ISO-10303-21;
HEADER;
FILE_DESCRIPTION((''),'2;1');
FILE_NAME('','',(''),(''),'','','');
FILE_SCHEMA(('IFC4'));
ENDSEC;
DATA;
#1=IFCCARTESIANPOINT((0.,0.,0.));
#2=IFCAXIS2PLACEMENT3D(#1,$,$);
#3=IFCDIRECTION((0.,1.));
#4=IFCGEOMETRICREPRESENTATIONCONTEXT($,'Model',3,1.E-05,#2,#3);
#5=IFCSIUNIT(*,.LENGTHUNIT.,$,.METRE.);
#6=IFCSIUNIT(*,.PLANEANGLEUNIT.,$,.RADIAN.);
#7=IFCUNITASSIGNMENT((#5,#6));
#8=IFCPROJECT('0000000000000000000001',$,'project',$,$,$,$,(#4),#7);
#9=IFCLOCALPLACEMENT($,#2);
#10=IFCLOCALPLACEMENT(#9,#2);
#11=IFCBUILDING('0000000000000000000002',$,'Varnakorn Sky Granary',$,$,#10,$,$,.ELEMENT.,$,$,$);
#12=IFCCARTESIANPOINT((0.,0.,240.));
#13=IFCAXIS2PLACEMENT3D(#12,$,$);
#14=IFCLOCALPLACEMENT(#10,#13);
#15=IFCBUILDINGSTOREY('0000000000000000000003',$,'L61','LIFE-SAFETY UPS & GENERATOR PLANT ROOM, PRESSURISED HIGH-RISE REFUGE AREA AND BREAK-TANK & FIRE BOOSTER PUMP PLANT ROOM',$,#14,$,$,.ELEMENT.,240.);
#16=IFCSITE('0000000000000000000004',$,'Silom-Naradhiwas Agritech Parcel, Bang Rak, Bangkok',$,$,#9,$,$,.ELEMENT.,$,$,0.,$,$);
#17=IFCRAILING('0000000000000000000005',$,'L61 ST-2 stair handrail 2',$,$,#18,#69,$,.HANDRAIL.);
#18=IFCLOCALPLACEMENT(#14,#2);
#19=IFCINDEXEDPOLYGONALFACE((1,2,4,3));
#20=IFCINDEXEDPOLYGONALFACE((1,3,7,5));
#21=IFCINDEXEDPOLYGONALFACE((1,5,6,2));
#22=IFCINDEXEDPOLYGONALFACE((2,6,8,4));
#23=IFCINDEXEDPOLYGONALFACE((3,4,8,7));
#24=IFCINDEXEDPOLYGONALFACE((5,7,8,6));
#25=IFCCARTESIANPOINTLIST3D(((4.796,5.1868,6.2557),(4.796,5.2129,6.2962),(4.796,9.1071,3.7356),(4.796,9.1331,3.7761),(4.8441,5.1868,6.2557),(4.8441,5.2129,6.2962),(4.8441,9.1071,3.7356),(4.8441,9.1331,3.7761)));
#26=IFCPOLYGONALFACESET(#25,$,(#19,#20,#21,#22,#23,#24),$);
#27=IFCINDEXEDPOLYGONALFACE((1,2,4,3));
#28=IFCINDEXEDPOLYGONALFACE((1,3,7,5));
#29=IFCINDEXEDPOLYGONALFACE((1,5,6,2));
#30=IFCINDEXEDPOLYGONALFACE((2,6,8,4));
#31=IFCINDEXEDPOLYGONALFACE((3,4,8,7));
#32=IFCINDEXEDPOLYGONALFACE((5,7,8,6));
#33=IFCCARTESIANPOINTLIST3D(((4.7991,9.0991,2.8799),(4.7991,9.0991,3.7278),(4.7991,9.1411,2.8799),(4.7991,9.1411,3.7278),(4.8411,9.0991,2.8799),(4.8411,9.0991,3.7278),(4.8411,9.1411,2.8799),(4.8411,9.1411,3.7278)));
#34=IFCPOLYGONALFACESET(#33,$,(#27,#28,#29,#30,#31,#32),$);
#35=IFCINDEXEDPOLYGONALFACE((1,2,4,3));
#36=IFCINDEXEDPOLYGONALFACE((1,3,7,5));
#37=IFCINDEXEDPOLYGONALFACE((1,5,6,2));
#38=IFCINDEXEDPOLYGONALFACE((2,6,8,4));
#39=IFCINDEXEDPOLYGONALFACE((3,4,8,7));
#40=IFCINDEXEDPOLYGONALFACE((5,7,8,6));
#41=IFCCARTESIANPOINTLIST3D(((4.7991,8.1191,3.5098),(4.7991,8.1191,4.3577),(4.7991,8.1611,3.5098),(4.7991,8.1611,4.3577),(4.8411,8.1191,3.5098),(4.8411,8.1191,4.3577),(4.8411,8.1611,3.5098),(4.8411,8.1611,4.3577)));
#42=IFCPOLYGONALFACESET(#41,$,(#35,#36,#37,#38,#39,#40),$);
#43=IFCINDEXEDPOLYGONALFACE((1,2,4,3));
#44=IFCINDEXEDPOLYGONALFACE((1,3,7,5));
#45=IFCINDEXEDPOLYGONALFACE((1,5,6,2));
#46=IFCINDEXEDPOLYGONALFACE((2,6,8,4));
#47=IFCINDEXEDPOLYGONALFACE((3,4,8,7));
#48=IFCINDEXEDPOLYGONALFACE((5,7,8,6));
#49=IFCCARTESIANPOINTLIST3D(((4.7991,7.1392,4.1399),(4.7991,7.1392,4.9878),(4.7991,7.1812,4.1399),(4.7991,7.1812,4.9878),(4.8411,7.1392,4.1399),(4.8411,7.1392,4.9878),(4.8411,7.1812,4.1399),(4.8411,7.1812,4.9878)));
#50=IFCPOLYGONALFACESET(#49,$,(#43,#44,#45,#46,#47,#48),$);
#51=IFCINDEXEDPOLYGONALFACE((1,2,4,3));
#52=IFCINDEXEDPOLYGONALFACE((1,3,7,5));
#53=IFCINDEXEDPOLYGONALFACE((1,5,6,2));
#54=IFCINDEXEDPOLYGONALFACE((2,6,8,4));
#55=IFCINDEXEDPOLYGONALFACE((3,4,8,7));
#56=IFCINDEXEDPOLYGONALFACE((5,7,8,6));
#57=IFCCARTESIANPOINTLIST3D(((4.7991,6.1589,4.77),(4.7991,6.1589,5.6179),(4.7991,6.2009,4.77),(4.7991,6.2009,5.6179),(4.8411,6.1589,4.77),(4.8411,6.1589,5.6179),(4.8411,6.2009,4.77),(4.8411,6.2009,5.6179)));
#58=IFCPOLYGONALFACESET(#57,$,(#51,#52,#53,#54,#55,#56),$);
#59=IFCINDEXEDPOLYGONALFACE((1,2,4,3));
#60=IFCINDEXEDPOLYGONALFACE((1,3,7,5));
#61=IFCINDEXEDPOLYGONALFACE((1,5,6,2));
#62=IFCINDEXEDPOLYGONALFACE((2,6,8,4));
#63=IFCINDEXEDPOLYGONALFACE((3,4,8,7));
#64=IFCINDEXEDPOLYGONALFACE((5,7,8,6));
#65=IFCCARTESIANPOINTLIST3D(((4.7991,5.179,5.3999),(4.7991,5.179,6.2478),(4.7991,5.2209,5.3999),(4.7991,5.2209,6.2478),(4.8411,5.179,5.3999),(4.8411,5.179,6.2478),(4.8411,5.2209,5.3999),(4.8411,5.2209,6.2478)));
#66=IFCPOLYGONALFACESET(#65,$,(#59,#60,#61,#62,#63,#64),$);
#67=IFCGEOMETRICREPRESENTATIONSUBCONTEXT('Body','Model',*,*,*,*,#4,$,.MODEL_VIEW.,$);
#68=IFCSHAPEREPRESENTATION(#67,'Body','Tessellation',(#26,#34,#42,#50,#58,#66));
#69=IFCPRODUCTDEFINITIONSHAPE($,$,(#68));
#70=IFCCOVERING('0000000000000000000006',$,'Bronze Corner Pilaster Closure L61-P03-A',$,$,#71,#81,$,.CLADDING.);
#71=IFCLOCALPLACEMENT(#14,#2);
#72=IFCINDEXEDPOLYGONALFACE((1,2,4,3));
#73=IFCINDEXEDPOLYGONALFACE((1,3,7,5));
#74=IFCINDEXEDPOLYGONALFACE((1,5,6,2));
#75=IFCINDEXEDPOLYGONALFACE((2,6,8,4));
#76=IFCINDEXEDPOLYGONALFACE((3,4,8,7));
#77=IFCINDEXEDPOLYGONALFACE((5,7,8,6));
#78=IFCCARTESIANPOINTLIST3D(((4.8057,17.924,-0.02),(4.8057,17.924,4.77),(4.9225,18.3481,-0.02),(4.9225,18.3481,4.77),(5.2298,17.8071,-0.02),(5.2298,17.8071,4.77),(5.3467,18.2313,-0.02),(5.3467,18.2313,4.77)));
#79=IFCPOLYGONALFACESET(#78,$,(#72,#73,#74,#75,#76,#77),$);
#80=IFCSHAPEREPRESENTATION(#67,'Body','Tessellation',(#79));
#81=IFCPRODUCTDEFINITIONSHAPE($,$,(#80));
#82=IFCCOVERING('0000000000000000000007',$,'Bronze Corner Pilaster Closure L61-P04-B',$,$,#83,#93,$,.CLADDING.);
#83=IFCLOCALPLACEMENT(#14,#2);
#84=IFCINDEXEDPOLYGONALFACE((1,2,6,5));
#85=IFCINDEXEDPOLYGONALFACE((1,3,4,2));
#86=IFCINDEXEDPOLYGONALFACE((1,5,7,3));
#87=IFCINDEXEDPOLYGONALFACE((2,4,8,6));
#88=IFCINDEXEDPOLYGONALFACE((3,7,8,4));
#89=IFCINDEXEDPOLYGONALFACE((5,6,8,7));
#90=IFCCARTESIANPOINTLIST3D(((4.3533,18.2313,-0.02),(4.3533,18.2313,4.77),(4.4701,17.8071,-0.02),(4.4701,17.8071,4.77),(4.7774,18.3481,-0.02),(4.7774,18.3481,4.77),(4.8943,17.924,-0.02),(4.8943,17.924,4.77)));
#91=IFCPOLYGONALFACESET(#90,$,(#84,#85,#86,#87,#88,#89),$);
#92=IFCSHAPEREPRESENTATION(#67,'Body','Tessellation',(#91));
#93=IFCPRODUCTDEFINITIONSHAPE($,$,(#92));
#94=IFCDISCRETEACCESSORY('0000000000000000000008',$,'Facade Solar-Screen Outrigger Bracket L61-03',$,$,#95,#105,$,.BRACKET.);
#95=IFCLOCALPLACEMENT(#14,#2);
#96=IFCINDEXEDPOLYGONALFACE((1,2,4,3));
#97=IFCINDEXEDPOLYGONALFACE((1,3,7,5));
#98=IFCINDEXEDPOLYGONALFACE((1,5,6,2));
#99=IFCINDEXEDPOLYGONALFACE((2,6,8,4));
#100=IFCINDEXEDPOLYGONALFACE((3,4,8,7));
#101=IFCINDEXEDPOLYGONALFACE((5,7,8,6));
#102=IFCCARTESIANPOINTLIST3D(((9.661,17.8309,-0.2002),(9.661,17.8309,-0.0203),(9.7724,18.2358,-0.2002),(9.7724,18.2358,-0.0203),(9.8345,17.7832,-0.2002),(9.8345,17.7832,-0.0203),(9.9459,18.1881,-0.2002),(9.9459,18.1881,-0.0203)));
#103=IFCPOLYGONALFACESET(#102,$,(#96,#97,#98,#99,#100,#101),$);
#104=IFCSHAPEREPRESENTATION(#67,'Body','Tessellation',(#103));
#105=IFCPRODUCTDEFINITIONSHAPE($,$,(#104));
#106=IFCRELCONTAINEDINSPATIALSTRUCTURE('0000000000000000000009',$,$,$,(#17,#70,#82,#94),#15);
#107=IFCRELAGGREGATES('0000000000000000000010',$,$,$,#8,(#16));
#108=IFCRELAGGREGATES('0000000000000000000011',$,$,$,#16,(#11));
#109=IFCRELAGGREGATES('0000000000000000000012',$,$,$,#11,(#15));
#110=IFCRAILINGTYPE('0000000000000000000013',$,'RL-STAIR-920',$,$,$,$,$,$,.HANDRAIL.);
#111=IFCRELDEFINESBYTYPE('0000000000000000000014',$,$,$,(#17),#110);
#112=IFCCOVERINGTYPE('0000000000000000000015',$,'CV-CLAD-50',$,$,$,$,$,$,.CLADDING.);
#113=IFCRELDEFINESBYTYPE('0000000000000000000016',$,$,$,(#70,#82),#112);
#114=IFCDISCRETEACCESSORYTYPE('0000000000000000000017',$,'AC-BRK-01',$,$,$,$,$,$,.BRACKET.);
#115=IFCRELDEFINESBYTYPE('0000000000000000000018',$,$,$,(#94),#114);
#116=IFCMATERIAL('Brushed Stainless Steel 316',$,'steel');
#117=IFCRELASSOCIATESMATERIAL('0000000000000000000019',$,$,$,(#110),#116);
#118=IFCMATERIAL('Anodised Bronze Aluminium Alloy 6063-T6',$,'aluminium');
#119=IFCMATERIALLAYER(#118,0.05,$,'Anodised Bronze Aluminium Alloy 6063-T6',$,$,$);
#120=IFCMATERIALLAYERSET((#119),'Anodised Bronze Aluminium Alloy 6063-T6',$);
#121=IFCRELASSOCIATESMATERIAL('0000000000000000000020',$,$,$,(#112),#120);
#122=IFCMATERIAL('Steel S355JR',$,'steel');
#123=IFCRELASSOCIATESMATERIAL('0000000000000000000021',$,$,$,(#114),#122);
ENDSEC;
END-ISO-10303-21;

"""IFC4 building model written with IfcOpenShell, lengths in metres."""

from ifc_helpers import new_model, si_unit, direction, frame, origin, origin_2d, place, context, subcontext, project, spatial, rectangle, extrude, source, transform, mapped, material, layer, layer_set, type_object, type_shapes, element, save


model = new_model("IFC4")

# Units and contexts
model_context = context("Model", 3, precision=1e-05, world=origin(), true_north=direction((0.0, 1.0)))
body_context = subcontext(model_context, "Body", "Model", "MODEL_VIEW")
ifc_project = project(units=[si_unit("LENGTHUNIT", "METRE"), si_unit("PLANEANGLEUNIT", "RADIAN")], contexts=[model_context])

# Site, building, storey
site_placement = place(None, origin())
site = spatial("IfcSite", under=ifc_project, at=site_placement, Name="Silom-Naradhiwas Agritech Parcel, Bang Rak, Bangkok", CompositionType="ELEMENT", RefElevation=0.0)
building_placement = place(site_placement, origin())
building = spatial("IfcBuilding", under=site, at=building_placement, Name="Varnakorn Sky Granary", CompositionType="ELEMENT")
storey_placement = place(building_placement, frame((0.0, 0.0, 240.0)))
storey = spatial("IfcBuildingStorey", under=building, at=storey_placement, Name="L61", Description="LIFE-SAFETY UPS & GENERATOR PLANT ROOM, PRESSURISED HIGH-RISE REFUGE AREA AND BREAK-TANK & FIRE BOOSTER PUMP PLANT ROOM", CompositionType="ELEMENT", Elevation=240.0)

# Shared definitions
ifc_material_1 = material(Name="Steel S355JR", Category="steel")

# Railing
ifc_material_2 = material(Name="Brushed Stainless Steel 316", Category="steel")
railing_type_1 = type_object("IfcRailingType", Name="RL-STAIR-920", PredefinedType="HANDRAIL", material=ifc_material_2)
railing_1_placement = place(storey_placement, frame((4.8201, 9.1201, 2.8799)))
element("IfcRailing", 1, at=railing_1_placement, inside=storey, type_object=railing_type_1, Name="L61 ST-2 stair handrail 2", PredefinedType="HANDRAIL", context=body_context, shape_type="SweptSolid", body=[
    extrude(rectangle(XDim=0.0481, YDim=0.0481, at=origin_2d()), frame((0.0, 0.0, 0.876), z_axis=(0.0, -0.841187, 0.540744), x_axis=(1.0, 0.0, 0.0)), (0.0, 0.0, 1.0), 4.6604),
    extrude(rectangle(XDim=0.042, YDim=0.042, at=origin_2d()), origin(), (0.0, 0.0, 1.0), 0.8479),
    extrude(rectangle(XDim=0.042, YDim=0.042, at=origin_2d()), frame((0.0, -0.98, 0.6299)), (0.0, 0.0, 1.0), 0.8479),
    extrude(rectangle(XDim=0.042, YDim=0.042, at=origin_2d()), frame((0.0, -1.96, 1.26)), (0.0, 0.0, 1.0), 0.8479),
    extrude(rectangle(XDim=0.042, YDim=0.042, at=origin_2d()), frame((0.0, -2.9402, 1.8901)), (0.0, 0.0, 1.0), 0.8479),
    extrude(rectangle(XDim=0.042, YDim=0.042, at=origin_2d()), frame((0.0, -3.9202, 2.52)), (0.0, 0.0, 1.0), 0.8479),
])

# Coverings
ifc_material_3 = material(Name="Anodised Bronze Aluminium Alloy 6063-T6", Category="aluminium")
ifc_layer_1 = layer(ifc_material_3, 0.05, Name="Anodised Bronze Aluminium Alloy 6063-T6")
ifc_layer_set_1 = layer_set([ifc_layer_1], Name="Anodised Bronze Aluminium Alloy 6063-T6")
covering_type = type_object("IfcCoveringType", Name="CV-CLAD-50", PredefinedType="CLADDING", material=ifc_layer_set_1)
shared_shape_1 = source(origin(), body_context, "Body", "SweptSolid", [
    extrude(rectangle(XDim=0.4399, YDim=0.4399, at=origin_2d()), origin(), (0.0, 0.0, 1.0), 4.79),
])
type_shapes(covering_type, [shared_shape_1])
for number, where, z_axis, x_axis, name in (
    (2, (5.0762, 18.0776, -0.02), (0.0, 0.0, 1.0), (0.964095, -0.265556, 0.0), "Bronze Corner Pilaster Closure L61-P03-A"),
    (3, (4.6238, 18.0776, -0.02), (0.0, 0.0, 1.0), (0.964095, 0.265556, 0.0), "Bronze Corner Pilaster Closure L61-P04-B"),
):
    element("IfcCovering", number, at=place(storey_placement, frame(where, z_axis=z_axis, x_axis=x_axis)), inside=storey, type_object=covering_type, Name=name, PredefinedType="CLADDING", context=body_context, shape_type="MappedRepresentation", body=[
        mapped(shared_shape_1, transform((0.0, 0.0, 0.0), x_axis=(1.0, 0.0, 0.0), y_axis=(0.0, 1.0, 0.0), z_axis=(0.0, 0.0, 1.0), scale=1.0)),
    ])

# Discrete accessory
discrete_accessory_type = type_object("IfcDiscreteAccessoryType", Name="AC-BRK-01", PredefinedType="BRACKET", material=ifc_material_1)
shared_shape_2 = source(origin(), body_context, "Body", "SweptSolid", [
    extrude(rectangle(XDim=0.1799, YDim=0.4199, at=origin_2d()), origin(), (0.0, 0.0, 1.0), 0.1799),
])
type_shapes(discrete_accessory_type, [shared_shape_2])
discrete_accessory_placement = place(storey_placement, frame((9.8035, 18.0095, -0.2002), z_axis=(0.0, 0.0, 1.0), x_axis=(-0.964193, 0.265202, 0.0)))
element("IfcDiscreteAccessory", 4, at=discrete_accessory_placement, inside=storey, type_object=discrete_accessory_type, Name="Facade Solar-Screen Outrigger Bracket L61-03", PredefinedType="BRACKET", context=body_context, shape_type="MappedRepresentation", body=[
    mapped(shared_shape_2, transform((0.0, 0.0, 0.0), x_axis=(1.0, 0.0, 0.0), y_axis=(0.0, 1.0, 0.0), z_axis=(0.0, 0.0, 1.0), scale=1.0)),
])

save(model, "model.ifc")
